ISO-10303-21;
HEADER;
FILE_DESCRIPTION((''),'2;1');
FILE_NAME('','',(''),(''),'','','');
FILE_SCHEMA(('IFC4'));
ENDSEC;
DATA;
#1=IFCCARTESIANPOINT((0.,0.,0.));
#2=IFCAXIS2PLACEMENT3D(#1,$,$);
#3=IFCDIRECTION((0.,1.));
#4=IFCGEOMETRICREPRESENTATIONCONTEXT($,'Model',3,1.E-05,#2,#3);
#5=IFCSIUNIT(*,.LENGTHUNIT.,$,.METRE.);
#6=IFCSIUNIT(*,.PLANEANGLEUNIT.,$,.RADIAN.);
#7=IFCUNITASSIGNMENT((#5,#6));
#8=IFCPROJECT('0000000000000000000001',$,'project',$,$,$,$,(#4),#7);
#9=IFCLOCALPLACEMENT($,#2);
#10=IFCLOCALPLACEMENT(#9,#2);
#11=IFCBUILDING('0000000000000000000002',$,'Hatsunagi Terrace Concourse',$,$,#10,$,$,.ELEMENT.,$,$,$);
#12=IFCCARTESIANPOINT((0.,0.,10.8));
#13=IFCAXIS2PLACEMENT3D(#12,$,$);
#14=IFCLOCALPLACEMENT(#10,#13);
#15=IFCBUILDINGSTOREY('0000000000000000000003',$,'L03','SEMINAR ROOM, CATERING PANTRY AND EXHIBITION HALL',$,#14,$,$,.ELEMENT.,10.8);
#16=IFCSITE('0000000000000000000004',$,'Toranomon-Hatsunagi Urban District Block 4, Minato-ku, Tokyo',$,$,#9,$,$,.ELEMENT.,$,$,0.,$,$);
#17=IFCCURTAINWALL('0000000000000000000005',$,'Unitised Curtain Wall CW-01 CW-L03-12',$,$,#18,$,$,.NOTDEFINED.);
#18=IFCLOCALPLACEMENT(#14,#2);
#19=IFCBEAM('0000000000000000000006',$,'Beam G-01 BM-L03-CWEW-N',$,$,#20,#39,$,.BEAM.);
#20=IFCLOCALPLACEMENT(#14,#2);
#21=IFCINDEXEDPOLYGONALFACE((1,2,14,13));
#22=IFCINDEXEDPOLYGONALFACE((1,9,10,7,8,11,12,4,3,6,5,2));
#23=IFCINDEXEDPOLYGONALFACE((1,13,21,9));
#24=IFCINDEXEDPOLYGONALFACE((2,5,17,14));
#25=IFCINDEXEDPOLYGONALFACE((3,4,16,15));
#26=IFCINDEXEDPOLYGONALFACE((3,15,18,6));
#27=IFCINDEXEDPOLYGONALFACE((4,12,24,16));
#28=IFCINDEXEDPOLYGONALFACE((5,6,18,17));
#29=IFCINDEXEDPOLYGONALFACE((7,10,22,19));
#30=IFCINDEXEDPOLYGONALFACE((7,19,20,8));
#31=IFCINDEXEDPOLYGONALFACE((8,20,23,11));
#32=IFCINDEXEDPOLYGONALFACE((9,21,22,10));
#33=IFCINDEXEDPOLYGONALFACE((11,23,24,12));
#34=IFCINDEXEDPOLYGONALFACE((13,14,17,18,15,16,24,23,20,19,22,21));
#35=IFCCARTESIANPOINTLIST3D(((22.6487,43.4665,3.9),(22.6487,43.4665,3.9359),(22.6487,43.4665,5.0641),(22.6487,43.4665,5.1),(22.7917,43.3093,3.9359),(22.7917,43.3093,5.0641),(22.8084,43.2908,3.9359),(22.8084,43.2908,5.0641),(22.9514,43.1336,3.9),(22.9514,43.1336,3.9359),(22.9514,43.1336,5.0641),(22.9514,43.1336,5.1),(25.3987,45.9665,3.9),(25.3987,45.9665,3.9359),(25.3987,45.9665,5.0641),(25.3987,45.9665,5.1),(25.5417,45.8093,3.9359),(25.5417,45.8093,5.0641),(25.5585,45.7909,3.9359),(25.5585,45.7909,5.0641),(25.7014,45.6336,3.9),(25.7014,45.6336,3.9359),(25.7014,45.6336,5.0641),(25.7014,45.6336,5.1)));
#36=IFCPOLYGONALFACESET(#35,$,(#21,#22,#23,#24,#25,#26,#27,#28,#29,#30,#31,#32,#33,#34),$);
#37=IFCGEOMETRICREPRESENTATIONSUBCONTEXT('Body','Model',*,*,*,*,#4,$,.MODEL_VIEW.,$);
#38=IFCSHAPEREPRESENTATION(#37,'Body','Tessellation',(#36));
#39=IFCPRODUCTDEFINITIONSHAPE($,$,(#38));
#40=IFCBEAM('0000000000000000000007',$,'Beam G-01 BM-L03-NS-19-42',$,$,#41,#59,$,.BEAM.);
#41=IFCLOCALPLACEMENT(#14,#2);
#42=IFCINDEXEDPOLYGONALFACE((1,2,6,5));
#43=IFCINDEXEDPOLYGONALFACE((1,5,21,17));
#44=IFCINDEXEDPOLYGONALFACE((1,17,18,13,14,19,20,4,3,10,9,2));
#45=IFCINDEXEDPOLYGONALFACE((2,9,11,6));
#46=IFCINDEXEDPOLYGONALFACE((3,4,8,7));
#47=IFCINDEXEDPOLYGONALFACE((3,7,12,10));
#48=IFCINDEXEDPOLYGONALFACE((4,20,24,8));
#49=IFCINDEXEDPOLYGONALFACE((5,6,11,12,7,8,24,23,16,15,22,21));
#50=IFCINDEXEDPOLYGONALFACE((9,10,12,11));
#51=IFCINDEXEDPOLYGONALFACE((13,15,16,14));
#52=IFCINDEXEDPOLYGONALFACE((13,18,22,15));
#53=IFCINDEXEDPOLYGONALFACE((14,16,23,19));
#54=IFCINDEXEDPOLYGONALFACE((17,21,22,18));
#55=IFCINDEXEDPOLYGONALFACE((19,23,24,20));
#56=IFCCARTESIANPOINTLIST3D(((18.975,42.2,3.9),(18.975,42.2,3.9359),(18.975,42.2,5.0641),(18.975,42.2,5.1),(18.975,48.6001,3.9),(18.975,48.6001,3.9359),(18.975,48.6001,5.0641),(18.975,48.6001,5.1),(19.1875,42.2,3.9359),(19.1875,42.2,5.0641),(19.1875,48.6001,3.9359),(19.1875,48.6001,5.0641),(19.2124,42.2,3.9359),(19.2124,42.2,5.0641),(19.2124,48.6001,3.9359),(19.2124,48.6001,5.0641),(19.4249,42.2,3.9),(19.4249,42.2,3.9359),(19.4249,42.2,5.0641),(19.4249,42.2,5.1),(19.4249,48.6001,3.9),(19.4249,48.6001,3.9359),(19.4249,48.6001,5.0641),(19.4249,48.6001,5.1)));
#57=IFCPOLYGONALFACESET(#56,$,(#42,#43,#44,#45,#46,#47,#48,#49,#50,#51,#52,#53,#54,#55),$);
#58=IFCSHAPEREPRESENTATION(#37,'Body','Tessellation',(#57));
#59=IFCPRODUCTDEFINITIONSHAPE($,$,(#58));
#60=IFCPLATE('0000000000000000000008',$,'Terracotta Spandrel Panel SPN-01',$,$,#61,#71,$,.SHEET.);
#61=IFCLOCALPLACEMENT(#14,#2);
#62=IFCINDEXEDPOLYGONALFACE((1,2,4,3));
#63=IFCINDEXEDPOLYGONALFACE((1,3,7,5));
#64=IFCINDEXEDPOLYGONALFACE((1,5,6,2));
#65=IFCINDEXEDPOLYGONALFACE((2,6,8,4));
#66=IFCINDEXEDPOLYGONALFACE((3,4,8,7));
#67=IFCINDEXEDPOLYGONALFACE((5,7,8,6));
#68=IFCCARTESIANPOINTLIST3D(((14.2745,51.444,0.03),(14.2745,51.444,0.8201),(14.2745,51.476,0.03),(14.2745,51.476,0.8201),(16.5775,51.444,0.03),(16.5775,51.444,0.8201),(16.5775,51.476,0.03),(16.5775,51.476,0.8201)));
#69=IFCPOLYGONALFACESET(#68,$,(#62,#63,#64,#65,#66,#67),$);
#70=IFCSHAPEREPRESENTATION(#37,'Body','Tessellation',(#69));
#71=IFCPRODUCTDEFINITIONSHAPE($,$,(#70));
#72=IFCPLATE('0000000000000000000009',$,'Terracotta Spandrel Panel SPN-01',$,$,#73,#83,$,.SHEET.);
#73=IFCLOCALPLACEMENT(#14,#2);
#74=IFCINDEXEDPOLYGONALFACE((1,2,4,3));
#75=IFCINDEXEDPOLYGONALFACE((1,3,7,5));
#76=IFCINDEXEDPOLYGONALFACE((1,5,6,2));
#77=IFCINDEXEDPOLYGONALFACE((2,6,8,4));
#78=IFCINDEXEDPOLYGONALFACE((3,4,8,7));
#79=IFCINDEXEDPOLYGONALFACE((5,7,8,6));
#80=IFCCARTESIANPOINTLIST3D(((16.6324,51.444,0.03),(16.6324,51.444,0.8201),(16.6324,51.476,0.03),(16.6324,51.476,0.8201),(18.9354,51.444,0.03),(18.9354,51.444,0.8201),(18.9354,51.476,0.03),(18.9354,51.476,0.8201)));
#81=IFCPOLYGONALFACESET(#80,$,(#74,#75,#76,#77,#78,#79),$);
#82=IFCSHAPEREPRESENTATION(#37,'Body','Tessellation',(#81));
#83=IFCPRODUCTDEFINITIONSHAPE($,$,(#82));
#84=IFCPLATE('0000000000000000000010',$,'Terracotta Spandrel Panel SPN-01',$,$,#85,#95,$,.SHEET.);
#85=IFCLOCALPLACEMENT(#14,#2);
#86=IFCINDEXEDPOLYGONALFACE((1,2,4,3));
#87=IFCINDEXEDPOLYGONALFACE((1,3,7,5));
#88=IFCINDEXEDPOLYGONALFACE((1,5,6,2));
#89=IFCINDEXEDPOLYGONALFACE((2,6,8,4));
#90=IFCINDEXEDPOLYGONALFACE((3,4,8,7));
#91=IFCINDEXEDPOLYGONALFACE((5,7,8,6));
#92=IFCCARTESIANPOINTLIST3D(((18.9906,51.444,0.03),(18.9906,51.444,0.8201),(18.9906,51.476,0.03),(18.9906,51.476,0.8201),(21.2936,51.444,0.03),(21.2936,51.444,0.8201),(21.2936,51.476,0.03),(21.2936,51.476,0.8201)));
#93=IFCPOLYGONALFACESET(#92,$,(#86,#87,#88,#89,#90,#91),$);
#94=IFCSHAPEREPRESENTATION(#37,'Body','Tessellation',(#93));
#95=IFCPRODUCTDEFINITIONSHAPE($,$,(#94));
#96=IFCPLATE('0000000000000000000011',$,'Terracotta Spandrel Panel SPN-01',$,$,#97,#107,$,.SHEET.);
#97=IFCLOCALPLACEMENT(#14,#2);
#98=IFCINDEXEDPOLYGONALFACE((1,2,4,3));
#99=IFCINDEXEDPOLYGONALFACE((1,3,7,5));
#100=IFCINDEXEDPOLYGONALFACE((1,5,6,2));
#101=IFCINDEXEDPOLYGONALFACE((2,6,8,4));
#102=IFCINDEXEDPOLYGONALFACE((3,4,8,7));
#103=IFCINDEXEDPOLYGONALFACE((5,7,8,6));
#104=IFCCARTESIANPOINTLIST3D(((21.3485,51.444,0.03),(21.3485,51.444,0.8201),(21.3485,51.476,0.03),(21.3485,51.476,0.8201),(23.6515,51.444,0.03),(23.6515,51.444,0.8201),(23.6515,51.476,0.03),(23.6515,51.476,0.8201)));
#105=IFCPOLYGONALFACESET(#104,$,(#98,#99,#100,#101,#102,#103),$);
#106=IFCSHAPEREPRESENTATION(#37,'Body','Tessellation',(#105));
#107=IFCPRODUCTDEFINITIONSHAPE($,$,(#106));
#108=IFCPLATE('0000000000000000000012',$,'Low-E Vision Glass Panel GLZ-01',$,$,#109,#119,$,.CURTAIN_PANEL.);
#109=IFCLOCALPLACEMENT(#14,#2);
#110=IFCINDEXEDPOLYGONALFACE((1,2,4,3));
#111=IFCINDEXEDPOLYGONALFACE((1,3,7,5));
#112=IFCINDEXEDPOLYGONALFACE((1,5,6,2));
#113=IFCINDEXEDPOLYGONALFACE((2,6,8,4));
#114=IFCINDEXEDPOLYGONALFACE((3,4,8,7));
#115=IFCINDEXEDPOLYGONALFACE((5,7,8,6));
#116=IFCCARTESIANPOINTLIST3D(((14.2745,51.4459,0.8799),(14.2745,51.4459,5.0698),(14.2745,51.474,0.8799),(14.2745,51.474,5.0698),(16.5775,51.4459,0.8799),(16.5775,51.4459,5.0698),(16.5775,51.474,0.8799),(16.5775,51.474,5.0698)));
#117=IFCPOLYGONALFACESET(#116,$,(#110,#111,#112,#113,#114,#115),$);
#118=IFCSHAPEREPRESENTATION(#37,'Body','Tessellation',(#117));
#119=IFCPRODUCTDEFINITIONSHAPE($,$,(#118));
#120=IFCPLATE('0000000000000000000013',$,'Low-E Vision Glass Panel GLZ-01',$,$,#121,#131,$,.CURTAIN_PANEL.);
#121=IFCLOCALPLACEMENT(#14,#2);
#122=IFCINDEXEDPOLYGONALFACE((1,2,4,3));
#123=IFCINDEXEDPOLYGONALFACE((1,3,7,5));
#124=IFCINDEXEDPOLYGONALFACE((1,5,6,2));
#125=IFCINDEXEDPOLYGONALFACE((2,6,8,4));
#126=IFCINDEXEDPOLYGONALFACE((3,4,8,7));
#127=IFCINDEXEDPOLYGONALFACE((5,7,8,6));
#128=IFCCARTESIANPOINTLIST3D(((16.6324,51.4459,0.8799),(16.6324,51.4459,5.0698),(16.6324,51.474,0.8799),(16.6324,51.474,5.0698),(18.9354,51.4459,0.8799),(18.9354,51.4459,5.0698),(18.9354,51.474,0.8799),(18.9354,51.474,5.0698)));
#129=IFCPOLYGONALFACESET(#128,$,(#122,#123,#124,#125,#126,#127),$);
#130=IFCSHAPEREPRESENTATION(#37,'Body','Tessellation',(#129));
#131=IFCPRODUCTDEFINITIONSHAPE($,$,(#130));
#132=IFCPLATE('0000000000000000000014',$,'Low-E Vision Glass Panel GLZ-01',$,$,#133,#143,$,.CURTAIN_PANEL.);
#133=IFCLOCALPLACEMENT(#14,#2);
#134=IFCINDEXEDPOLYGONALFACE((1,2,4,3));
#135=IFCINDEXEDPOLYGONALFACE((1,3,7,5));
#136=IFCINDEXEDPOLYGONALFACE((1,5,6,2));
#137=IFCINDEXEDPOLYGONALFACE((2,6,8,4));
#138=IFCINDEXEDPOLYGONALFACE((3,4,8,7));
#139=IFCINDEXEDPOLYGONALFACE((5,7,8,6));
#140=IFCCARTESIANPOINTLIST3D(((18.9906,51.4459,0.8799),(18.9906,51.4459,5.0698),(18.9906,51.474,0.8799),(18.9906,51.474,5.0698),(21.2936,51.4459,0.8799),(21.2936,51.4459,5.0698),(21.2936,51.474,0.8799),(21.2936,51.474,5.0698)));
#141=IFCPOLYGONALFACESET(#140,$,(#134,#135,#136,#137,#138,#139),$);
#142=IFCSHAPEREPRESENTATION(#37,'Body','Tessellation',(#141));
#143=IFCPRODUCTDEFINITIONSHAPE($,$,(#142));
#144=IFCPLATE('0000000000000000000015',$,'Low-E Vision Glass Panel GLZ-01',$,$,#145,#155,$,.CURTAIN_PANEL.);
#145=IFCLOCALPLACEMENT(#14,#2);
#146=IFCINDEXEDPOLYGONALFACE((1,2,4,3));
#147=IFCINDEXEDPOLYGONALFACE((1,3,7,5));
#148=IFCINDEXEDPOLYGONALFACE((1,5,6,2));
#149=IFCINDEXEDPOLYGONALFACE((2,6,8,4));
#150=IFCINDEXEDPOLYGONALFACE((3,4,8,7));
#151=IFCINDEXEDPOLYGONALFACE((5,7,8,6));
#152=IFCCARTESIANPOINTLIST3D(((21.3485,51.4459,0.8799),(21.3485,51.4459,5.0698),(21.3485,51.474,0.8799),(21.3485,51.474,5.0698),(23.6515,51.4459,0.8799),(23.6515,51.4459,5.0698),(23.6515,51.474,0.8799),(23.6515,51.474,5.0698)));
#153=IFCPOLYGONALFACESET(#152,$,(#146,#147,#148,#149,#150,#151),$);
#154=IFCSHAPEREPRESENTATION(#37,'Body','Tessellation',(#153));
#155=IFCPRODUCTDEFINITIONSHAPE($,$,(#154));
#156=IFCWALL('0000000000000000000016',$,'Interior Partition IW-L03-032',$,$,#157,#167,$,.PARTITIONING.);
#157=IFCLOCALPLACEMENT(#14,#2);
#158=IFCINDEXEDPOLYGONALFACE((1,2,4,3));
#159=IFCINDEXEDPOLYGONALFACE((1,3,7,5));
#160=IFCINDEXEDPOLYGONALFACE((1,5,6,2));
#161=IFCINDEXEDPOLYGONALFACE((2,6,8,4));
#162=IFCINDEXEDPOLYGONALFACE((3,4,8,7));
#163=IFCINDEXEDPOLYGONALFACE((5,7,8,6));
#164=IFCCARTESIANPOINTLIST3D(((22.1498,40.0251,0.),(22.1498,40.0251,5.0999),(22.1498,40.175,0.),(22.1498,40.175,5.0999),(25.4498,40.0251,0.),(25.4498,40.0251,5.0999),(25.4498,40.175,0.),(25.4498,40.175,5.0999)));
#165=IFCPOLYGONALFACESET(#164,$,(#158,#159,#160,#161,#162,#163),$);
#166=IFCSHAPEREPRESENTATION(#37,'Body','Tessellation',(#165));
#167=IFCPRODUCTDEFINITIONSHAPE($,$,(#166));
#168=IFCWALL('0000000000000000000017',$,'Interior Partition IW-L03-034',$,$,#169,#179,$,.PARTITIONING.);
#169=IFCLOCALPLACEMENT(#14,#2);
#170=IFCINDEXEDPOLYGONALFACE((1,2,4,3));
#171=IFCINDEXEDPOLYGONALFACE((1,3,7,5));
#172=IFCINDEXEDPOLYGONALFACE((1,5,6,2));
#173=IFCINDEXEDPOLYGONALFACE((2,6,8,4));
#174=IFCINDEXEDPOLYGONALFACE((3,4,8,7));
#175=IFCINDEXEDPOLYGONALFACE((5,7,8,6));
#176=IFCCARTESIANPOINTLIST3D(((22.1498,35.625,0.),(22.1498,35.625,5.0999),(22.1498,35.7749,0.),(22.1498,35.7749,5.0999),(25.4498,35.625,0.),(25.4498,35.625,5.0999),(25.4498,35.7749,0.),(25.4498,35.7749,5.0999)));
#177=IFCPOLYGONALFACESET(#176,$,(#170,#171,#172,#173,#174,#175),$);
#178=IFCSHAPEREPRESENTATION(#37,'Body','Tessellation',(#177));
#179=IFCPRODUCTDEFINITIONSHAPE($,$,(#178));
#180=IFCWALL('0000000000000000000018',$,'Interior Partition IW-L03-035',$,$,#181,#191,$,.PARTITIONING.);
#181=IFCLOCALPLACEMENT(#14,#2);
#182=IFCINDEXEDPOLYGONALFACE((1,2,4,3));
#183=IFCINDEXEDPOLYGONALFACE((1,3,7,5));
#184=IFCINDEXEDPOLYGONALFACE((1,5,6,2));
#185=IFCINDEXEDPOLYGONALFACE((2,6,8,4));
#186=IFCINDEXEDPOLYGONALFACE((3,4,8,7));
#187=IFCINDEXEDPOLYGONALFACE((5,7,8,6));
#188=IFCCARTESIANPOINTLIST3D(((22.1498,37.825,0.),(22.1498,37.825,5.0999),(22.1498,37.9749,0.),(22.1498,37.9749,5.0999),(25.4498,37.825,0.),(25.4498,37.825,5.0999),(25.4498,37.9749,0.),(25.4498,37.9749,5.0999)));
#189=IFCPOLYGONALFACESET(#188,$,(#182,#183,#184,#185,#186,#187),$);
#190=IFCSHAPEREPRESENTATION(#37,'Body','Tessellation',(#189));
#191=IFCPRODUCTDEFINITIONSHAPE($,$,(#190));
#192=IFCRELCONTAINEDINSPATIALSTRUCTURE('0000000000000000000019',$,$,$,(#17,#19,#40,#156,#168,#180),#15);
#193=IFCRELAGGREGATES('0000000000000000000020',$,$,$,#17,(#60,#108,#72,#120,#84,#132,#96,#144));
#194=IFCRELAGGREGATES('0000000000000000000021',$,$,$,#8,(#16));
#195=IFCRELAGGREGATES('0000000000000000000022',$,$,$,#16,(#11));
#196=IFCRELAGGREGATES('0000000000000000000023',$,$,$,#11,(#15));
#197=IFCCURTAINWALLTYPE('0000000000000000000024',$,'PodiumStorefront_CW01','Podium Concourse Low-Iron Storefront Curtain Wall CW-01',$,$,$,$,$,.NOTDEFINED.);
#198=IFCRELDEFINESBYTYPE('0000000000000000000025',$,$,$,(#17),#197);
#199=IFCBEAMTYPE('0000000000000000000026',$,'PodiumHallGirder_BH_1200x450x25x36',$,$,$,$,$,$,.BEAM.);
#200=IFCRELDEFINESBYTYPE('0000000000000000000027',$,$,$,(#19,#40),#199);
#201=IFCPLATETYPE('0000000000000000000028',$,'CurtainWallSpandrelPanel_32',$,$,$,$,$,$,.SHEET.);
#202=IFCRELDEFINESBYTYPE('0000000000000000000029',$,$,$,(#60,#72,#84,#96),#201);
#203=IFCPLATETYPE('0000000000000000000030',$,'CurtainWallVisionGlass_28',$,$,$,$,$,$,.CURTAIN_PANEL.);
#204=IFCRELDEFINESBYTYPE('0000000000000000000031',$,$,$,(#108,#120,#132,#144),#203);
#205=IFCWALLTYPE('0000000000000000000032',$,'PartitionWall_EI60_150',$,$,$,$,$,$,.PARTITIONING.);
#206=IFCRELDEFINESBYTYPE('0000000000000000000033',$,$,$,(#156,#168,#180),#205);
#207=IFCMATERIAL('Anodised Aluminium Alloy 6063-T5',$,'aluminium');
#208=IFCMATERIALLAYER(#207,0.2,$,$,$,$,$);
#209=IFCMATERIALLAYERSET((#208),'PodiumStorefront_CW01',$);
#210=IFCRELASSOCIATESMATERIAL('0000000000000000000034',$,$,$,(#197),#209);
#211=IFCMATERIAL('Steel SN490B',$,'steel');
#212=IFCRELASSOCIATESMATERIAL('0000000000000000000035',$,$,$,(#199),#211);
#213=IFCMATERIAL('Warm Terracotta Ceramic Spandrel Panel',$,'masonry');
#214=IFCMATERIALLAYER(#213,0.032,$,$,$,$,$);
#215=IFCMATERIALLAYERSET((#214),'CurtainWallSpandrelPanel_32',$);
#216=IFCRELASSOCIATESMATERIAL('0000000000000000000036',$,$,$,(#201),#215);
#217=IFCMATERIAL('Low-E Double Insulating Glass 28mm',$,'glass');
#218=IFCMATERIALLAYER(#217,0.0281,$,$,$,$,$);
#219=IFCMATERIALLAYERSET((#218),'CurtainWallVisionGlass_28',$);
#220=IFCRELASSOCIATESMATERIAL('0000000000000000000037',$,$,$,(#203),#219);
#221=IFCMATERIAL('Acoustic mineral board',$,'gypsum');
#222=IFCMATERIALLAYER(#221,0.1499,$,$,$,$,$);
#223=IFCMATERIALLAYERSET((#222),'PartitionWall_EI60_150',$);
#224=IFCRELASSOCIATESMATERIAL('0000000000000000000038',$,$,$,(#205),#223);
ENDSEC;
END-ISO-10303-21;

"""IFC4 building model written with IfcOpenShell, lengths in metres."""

from ifc_helpers import new_model, si_unit, direction, frame, frame_2d, origin, origin_2d, place, context, subcontext, project, spatial, rectangle, i_section, extrude, material, layer, layer_set, material_profile, profile_set, type_object, element, aggregate, save


model = new_model("IFC4")

# Units and contexts
model_context = context("Model", 3, precision=1e-05, world=origin(), true_north=direction((0.0, 1.0)))
body_context = subcontext(model_context, "Body", "Model", "MODEL_VIEW")
ifc_project = project(units=[si_unit("LENGTHUNIT", "METRE"), si_unit("PLANEANGLEUNIT", "RADIAN")], contexts=[model_context])

# Site, building, storey
site_placement = place(None, origin())
site = spatial("IfcSite", under=ifc_project, at=site_placement, Name="Toranomon-Hatsunagi Urban District Block 4, Minato-ku, Tokyo", CompositionType="ELEMENT", RefElevation=0.0)
building_placement = place(site_placement, origin())
building = spatial("IfcBuilding", under=site, at=building_placement, Name="Hatsunagi Terrace Concourse", CompositionType="ELEMENT")
storey_placement = place(building_placement, frame((0.0, 0.0, 10.8)))
storey = spatial("IfcBuildingStorey", under=building, at=storey_placement, Name="L03", Description="SEMINAR ROOM, CATERING PANTRY AND EXHIBITION HALL", CompositionType="ELEMENT", Elevation=10.8)

# Curtain wall
ifc_material_1 = material(Name="Anodised Aluminium Alloy 6063-T5", Category="aluminium")
ifc_layer_1 = layer(ifc_material_1, 0.2)
ifc_layer_set_1 = layer_set([ifc_layer_1], Name="PodiumStorefront_CW01")
curtain_wall_type = type_object("IfcCurtainWallType", Name="PodiumStorefront_CW01", Description="Podium Concourse Low-Iron Storefront Curtain Wall CW-01", PredefinedType="NOTDEFINED", material=ifc_layer_set_1)
curtain_wall_placement = place(storey_placement, origin())
curtain_wall = element("IfcCurtainWall", 1, at=curtain_wall_placement, inside=storey, type_object=curtain_wall_type, Name="Unitised Curtain Wall CW-01 CW-L03-12", PredefinedType="NOTDEFINED")

# Beams
ifc_material_2 = material(Name="Steel SN490B", Category="steel")
ifc_material_profile_1 = material_profile(ifc_material_2, i_section(OverallWidth=0.45, OverallDepth=1.2, WebThickness=0.0249, FlangeThickness=0.0359, at=origin_2d()), Name="BH-1200x450x25x36")
ifc_profile_set_1 = profile_set([ifc_material_profile_1], Name="Steel SN490B")
beam_type_1 = type_object("IfcBeamType", Name="PodiumHallGirder_BH_1200x450x25x36", PredefinedType="BEAM", material=ifc_profile_set_1)
beam_1_placement = place(storey_placement, frame((22.8, 43.3, 4.5), z_axis=(0.73994, 0.672673, 0.0), x_axis=(-0.672673, 0.73994, 0.0)))
element("IfcBeam", 2, at=beam_1_placement, inside=storey, type_object=beam_type_1, Name="Beam G-01 BM-L03-CWEW-N", PredefinedType="BEAM", context=body_context, shape_type="SweptSolid", body=[
    extrude(i_section(OverallWidth=0.45, OverallDepth=1.2, WebThickness=0.0249, FlangeThickness=0.0359, at=origin_2d()), origin(), (0.0, 0.0, 1.0), 3.7166),
])
beam_2_placement = place(storey_placement, frame((19.2, 42.2, 4.5), z_axis=(0.0, 1.0, 0.0), x_axis=(-1.0, 0.0, 0.0)))
element("IfcBeam", 3, at=beam_2_placement, inside=storey, type_object=beam_type_1, Name="Beam G-01 BM-L03-NS-19-42", PredefinedType="BEAM", context=body_context, shape_type="SweptSolid", body=[
    extrude(i_section(OverallWidth=0.45, OverallDepth=1.2, WebThickness=0.0249, FlangeThickness=0.0359, at=origin_2d()), origin(), (0.0, 0.0, 1.0), 6.4001),
])

# Plates
ifc_material_3 = material(Name="Warm Terracotta Ceramic Spandrel Panel", Category="masonry")
ifc_layer_2 = layer(ifc_material_3, 0.032)
ifc_layer_set_2 = layer_set([ifc_layer_2], Name="CurtainWallSpandrelPanel_32")
plate_type_1 = type_object("IfcPlateType", Name="CurtainWallSpandrelPanel_32", PredefinedType="SHEET", material=ifc_layer_set_2)
plate_1_placement = place(storey_placement, frame((15.426, 51.46, 0.03), z_axis=(0.0, 0.0, 1.0), x_axis=(1.0, 0.0, 0.0)))
plate_1 = element("IfcPlate", 4, at=plate_1_placement, type_object=plate_type_1, Name="Terracotta Spandrel Panel SPN-01", PredefinedType="SHEET", context=body_context, shape_type="SweptSolid", body=[
    extrude(rectangle(XDim=2.303, YDim=0.032, at=origin_2d()), origin(), (0.0, 0.0, 1.0), 0.79),
])
plate_2_placement = place(storey_placement, frame((17.7839, 51.46, 0.03), z_axis=(0.0, 0.0, 1.0), x_axis=(1.0, 0.0, 0.0)))
plate_2 = element("IfcPlate", 5, at=plate_2_placement, type_object=plate_type_1, Name="Terracotta Spandrel Panel SPN-01", PredefinedType="SHEET", context=body_context, shape_type="SweptSolid", body=[
    extrude(rectangle(XDim=2.303, YDim=0.032, at=origin_2d()), origin(), (0.0, 0.0, 1.0), 0.79),
])
plate_3_placement = place(storey_placement, frame((20.1421, 51.46, 0.03), z_axis=(0.0, 0.0, 1.0), x_axis=(1.0, 0.0, 0.0)))
plate_3 = element("IfcPlate", 6, at=plate_3_placement, type_object=plate_type_1, Name="Terracotta Spandrel Panel SPN-01", PredefinedType="SHEET", context=body_context, shape_type="SweptSolid", body=[
    extrude(rectangle(XDim=2.303, YDim=0.032, at=origin_2d()), origin(), (0.0, 0.0, 1.0), 0.79),
])
plate_4_placement = place(storey_placement, frame((22.5, 51.46, 0.03), z_axis=(0.0, 0.0, 1.0), x_axis=(1.0, 0.0, 0.0)))
plate_4 = element("IfcPlate", 7, at=plate_4_placement, type_object=plate_type_1, Name="Terracotta Spandrel Panel SPN-01", PredefinedType="SHEET", context=body_context, shape_type="SweptSolid", body=[
    extrude(rectangle(XDim=2.303, YDim=0.032, at=origin_2d()), origin(), (0.0, 0.0, 1.0), 0.79),
])
ifc_material_4 = material(Name="Low-E Double Insulating Glass 28mm", Category="glass")
ifc_layer_3 = layer(ifc_material_4, 0.0281)
ifc_layer_set_3 = layer_set([ifc_layer_3], Name="CurtainWallVisionGlass_28")
plate_type_2 = type_object("IfcPlateType", Name="CurtainWallVisionGlass_28", PredefinedType="CURTAIN_PANEL", material=ifc_layer_set_3)
plate_5_placement = place(storey_placement, frame((15.426, 51.46, 0.8799), z_axis=(0.0, 0.0, 1.0), x_axis=(1.0, 0.0, 0.0)))
plate_5 = element("IfcPlate", 8, at=plate_5_placement, type_object=plate_type_2, Name="Low-E Vision Glass Panel GLZ-01", PredefinedType="CURTAIN_PANEL", context=body_context, shape_type="SweptSolid", body=[
    extrude(rectangle(XDim=2.303, YDim=0.0281, at=origin_2d()), origin(), (0.0, 0.0, 1.0), 4.1899),
])
plate_6_placement = place(storey_placement, frame((17.7839, 51.46, 0.8799), z_axis=(0.0, 0.0, 1.0), x_axis=(1.0, 0.0, 0.0)))
plate_6 = element("IfcPlate", 9, at=plate_6_placement, type_object=plate_type_2, Name="Low-E Vision Glass Panel GLZ-01", PredefinedType="CURTAIN_PANEL", context=body_context, shape_type="SweptSolid", body=[
    extrude(rectangle(XDim=2.303, YDim=0.0281, at=origin_2d()), origin(), (0.0, 0.0, 1.0), 4.1899),
])
plate_7_placement = place(storey_placement, frame((20.1421, 51.46, 0.8799), z_axis=(0.0, 0.0, 1.0), x_axis=(1.0, 0.0, 0.0)))
plate_7 = element("IfcPlate", 10, at=plate_7_placement, type_object=plate_type_2, Name="Low-E Vision Glass Panel GLZ-01", PredefinedType="CURTAIN_PANEL", context=body_context, shape_type="SweptSolid", body=[
    extrude(rectangle(XDim=2.303, YDim=0.0281, at=origin_2d()), origin(), (0.0, 0.0, 1.0), 4.1899),
])
plate_8_placement = place(storey_placement, frame((22.5, 51.46, 0.8799), z_axis=(0.0, 0.0, 1.0), x_axis=(1.0, 0.0, 0.0)))
plate_8 = element("IfcPlate", 11, at=plate_8_placement, type_object=plate_type_2, Name="Low-E Vision Glass Panel GLZ-01", PredefinedType="CURTAIN_PANEL", context=body_context, shape_type="SweptSolid", body=[
    extrude(rectangle(XDim=2.303, YDim=0.0281, at=origin_2d()), origin(), (0.0, 0.0, 1.0), 4.1899),
])
aggregate(curtain_wall, [plate_1, plate_5, plate_2, plate_6, plate_3, plate_7, plate_4, plate_8])

# Walls
ifc_material_5 = material(Name="Acoustic mineral board", Category="gypsum")
ifc_layer_4 = layer(ifc_material_5, 0.1499)
ifc_layer_set_4 = layer_set([ifc_layer_4], Name="PartitionWall_EI60_150")
wall_type = type_object("IfcWallType", Name="PartitionWall_EI60_150", PredefinedType="PARTITIONING", material=ifc_layer_set_4)
for number, where, z_axis, x_axis, name in (
    (12, (22.1499, 40.1001, 0.0), (0.0, 0.0, 1.0), (1.0, 0.0, 0.0), "Interior Partition IW-L03-032"),
    (13, (22.1499, 35.7, 0.0), (0.0, 0.0, 1.0), (1.0, 0.0, 0.0), "Interior Partition IW-L03-034"),
    (14, (22.1499, 37.8999, 0.0), (0.0, 0.0, 1.0), (1.0, 0.0, 0.0), "Interior Partition IW-L03-035"),
):
    element("IfcWall", number, at=place(storey_placement, frame(where, z_axis=z_axis, x_axis=x_axis)), inside=storey, type_object=wall_type, Name=name, PredefinedType="PARTITIONING", context=body_context, shape_type="SweptSolid", body=[
        extrude(rectangle(XDim=3.3, YDim=0.1499, at=frame_2d((1.6499, 0.0))), origin(), (0.0, 0.0, 1.0), 5.0999),
    ])

save(model, "model.ifc")
